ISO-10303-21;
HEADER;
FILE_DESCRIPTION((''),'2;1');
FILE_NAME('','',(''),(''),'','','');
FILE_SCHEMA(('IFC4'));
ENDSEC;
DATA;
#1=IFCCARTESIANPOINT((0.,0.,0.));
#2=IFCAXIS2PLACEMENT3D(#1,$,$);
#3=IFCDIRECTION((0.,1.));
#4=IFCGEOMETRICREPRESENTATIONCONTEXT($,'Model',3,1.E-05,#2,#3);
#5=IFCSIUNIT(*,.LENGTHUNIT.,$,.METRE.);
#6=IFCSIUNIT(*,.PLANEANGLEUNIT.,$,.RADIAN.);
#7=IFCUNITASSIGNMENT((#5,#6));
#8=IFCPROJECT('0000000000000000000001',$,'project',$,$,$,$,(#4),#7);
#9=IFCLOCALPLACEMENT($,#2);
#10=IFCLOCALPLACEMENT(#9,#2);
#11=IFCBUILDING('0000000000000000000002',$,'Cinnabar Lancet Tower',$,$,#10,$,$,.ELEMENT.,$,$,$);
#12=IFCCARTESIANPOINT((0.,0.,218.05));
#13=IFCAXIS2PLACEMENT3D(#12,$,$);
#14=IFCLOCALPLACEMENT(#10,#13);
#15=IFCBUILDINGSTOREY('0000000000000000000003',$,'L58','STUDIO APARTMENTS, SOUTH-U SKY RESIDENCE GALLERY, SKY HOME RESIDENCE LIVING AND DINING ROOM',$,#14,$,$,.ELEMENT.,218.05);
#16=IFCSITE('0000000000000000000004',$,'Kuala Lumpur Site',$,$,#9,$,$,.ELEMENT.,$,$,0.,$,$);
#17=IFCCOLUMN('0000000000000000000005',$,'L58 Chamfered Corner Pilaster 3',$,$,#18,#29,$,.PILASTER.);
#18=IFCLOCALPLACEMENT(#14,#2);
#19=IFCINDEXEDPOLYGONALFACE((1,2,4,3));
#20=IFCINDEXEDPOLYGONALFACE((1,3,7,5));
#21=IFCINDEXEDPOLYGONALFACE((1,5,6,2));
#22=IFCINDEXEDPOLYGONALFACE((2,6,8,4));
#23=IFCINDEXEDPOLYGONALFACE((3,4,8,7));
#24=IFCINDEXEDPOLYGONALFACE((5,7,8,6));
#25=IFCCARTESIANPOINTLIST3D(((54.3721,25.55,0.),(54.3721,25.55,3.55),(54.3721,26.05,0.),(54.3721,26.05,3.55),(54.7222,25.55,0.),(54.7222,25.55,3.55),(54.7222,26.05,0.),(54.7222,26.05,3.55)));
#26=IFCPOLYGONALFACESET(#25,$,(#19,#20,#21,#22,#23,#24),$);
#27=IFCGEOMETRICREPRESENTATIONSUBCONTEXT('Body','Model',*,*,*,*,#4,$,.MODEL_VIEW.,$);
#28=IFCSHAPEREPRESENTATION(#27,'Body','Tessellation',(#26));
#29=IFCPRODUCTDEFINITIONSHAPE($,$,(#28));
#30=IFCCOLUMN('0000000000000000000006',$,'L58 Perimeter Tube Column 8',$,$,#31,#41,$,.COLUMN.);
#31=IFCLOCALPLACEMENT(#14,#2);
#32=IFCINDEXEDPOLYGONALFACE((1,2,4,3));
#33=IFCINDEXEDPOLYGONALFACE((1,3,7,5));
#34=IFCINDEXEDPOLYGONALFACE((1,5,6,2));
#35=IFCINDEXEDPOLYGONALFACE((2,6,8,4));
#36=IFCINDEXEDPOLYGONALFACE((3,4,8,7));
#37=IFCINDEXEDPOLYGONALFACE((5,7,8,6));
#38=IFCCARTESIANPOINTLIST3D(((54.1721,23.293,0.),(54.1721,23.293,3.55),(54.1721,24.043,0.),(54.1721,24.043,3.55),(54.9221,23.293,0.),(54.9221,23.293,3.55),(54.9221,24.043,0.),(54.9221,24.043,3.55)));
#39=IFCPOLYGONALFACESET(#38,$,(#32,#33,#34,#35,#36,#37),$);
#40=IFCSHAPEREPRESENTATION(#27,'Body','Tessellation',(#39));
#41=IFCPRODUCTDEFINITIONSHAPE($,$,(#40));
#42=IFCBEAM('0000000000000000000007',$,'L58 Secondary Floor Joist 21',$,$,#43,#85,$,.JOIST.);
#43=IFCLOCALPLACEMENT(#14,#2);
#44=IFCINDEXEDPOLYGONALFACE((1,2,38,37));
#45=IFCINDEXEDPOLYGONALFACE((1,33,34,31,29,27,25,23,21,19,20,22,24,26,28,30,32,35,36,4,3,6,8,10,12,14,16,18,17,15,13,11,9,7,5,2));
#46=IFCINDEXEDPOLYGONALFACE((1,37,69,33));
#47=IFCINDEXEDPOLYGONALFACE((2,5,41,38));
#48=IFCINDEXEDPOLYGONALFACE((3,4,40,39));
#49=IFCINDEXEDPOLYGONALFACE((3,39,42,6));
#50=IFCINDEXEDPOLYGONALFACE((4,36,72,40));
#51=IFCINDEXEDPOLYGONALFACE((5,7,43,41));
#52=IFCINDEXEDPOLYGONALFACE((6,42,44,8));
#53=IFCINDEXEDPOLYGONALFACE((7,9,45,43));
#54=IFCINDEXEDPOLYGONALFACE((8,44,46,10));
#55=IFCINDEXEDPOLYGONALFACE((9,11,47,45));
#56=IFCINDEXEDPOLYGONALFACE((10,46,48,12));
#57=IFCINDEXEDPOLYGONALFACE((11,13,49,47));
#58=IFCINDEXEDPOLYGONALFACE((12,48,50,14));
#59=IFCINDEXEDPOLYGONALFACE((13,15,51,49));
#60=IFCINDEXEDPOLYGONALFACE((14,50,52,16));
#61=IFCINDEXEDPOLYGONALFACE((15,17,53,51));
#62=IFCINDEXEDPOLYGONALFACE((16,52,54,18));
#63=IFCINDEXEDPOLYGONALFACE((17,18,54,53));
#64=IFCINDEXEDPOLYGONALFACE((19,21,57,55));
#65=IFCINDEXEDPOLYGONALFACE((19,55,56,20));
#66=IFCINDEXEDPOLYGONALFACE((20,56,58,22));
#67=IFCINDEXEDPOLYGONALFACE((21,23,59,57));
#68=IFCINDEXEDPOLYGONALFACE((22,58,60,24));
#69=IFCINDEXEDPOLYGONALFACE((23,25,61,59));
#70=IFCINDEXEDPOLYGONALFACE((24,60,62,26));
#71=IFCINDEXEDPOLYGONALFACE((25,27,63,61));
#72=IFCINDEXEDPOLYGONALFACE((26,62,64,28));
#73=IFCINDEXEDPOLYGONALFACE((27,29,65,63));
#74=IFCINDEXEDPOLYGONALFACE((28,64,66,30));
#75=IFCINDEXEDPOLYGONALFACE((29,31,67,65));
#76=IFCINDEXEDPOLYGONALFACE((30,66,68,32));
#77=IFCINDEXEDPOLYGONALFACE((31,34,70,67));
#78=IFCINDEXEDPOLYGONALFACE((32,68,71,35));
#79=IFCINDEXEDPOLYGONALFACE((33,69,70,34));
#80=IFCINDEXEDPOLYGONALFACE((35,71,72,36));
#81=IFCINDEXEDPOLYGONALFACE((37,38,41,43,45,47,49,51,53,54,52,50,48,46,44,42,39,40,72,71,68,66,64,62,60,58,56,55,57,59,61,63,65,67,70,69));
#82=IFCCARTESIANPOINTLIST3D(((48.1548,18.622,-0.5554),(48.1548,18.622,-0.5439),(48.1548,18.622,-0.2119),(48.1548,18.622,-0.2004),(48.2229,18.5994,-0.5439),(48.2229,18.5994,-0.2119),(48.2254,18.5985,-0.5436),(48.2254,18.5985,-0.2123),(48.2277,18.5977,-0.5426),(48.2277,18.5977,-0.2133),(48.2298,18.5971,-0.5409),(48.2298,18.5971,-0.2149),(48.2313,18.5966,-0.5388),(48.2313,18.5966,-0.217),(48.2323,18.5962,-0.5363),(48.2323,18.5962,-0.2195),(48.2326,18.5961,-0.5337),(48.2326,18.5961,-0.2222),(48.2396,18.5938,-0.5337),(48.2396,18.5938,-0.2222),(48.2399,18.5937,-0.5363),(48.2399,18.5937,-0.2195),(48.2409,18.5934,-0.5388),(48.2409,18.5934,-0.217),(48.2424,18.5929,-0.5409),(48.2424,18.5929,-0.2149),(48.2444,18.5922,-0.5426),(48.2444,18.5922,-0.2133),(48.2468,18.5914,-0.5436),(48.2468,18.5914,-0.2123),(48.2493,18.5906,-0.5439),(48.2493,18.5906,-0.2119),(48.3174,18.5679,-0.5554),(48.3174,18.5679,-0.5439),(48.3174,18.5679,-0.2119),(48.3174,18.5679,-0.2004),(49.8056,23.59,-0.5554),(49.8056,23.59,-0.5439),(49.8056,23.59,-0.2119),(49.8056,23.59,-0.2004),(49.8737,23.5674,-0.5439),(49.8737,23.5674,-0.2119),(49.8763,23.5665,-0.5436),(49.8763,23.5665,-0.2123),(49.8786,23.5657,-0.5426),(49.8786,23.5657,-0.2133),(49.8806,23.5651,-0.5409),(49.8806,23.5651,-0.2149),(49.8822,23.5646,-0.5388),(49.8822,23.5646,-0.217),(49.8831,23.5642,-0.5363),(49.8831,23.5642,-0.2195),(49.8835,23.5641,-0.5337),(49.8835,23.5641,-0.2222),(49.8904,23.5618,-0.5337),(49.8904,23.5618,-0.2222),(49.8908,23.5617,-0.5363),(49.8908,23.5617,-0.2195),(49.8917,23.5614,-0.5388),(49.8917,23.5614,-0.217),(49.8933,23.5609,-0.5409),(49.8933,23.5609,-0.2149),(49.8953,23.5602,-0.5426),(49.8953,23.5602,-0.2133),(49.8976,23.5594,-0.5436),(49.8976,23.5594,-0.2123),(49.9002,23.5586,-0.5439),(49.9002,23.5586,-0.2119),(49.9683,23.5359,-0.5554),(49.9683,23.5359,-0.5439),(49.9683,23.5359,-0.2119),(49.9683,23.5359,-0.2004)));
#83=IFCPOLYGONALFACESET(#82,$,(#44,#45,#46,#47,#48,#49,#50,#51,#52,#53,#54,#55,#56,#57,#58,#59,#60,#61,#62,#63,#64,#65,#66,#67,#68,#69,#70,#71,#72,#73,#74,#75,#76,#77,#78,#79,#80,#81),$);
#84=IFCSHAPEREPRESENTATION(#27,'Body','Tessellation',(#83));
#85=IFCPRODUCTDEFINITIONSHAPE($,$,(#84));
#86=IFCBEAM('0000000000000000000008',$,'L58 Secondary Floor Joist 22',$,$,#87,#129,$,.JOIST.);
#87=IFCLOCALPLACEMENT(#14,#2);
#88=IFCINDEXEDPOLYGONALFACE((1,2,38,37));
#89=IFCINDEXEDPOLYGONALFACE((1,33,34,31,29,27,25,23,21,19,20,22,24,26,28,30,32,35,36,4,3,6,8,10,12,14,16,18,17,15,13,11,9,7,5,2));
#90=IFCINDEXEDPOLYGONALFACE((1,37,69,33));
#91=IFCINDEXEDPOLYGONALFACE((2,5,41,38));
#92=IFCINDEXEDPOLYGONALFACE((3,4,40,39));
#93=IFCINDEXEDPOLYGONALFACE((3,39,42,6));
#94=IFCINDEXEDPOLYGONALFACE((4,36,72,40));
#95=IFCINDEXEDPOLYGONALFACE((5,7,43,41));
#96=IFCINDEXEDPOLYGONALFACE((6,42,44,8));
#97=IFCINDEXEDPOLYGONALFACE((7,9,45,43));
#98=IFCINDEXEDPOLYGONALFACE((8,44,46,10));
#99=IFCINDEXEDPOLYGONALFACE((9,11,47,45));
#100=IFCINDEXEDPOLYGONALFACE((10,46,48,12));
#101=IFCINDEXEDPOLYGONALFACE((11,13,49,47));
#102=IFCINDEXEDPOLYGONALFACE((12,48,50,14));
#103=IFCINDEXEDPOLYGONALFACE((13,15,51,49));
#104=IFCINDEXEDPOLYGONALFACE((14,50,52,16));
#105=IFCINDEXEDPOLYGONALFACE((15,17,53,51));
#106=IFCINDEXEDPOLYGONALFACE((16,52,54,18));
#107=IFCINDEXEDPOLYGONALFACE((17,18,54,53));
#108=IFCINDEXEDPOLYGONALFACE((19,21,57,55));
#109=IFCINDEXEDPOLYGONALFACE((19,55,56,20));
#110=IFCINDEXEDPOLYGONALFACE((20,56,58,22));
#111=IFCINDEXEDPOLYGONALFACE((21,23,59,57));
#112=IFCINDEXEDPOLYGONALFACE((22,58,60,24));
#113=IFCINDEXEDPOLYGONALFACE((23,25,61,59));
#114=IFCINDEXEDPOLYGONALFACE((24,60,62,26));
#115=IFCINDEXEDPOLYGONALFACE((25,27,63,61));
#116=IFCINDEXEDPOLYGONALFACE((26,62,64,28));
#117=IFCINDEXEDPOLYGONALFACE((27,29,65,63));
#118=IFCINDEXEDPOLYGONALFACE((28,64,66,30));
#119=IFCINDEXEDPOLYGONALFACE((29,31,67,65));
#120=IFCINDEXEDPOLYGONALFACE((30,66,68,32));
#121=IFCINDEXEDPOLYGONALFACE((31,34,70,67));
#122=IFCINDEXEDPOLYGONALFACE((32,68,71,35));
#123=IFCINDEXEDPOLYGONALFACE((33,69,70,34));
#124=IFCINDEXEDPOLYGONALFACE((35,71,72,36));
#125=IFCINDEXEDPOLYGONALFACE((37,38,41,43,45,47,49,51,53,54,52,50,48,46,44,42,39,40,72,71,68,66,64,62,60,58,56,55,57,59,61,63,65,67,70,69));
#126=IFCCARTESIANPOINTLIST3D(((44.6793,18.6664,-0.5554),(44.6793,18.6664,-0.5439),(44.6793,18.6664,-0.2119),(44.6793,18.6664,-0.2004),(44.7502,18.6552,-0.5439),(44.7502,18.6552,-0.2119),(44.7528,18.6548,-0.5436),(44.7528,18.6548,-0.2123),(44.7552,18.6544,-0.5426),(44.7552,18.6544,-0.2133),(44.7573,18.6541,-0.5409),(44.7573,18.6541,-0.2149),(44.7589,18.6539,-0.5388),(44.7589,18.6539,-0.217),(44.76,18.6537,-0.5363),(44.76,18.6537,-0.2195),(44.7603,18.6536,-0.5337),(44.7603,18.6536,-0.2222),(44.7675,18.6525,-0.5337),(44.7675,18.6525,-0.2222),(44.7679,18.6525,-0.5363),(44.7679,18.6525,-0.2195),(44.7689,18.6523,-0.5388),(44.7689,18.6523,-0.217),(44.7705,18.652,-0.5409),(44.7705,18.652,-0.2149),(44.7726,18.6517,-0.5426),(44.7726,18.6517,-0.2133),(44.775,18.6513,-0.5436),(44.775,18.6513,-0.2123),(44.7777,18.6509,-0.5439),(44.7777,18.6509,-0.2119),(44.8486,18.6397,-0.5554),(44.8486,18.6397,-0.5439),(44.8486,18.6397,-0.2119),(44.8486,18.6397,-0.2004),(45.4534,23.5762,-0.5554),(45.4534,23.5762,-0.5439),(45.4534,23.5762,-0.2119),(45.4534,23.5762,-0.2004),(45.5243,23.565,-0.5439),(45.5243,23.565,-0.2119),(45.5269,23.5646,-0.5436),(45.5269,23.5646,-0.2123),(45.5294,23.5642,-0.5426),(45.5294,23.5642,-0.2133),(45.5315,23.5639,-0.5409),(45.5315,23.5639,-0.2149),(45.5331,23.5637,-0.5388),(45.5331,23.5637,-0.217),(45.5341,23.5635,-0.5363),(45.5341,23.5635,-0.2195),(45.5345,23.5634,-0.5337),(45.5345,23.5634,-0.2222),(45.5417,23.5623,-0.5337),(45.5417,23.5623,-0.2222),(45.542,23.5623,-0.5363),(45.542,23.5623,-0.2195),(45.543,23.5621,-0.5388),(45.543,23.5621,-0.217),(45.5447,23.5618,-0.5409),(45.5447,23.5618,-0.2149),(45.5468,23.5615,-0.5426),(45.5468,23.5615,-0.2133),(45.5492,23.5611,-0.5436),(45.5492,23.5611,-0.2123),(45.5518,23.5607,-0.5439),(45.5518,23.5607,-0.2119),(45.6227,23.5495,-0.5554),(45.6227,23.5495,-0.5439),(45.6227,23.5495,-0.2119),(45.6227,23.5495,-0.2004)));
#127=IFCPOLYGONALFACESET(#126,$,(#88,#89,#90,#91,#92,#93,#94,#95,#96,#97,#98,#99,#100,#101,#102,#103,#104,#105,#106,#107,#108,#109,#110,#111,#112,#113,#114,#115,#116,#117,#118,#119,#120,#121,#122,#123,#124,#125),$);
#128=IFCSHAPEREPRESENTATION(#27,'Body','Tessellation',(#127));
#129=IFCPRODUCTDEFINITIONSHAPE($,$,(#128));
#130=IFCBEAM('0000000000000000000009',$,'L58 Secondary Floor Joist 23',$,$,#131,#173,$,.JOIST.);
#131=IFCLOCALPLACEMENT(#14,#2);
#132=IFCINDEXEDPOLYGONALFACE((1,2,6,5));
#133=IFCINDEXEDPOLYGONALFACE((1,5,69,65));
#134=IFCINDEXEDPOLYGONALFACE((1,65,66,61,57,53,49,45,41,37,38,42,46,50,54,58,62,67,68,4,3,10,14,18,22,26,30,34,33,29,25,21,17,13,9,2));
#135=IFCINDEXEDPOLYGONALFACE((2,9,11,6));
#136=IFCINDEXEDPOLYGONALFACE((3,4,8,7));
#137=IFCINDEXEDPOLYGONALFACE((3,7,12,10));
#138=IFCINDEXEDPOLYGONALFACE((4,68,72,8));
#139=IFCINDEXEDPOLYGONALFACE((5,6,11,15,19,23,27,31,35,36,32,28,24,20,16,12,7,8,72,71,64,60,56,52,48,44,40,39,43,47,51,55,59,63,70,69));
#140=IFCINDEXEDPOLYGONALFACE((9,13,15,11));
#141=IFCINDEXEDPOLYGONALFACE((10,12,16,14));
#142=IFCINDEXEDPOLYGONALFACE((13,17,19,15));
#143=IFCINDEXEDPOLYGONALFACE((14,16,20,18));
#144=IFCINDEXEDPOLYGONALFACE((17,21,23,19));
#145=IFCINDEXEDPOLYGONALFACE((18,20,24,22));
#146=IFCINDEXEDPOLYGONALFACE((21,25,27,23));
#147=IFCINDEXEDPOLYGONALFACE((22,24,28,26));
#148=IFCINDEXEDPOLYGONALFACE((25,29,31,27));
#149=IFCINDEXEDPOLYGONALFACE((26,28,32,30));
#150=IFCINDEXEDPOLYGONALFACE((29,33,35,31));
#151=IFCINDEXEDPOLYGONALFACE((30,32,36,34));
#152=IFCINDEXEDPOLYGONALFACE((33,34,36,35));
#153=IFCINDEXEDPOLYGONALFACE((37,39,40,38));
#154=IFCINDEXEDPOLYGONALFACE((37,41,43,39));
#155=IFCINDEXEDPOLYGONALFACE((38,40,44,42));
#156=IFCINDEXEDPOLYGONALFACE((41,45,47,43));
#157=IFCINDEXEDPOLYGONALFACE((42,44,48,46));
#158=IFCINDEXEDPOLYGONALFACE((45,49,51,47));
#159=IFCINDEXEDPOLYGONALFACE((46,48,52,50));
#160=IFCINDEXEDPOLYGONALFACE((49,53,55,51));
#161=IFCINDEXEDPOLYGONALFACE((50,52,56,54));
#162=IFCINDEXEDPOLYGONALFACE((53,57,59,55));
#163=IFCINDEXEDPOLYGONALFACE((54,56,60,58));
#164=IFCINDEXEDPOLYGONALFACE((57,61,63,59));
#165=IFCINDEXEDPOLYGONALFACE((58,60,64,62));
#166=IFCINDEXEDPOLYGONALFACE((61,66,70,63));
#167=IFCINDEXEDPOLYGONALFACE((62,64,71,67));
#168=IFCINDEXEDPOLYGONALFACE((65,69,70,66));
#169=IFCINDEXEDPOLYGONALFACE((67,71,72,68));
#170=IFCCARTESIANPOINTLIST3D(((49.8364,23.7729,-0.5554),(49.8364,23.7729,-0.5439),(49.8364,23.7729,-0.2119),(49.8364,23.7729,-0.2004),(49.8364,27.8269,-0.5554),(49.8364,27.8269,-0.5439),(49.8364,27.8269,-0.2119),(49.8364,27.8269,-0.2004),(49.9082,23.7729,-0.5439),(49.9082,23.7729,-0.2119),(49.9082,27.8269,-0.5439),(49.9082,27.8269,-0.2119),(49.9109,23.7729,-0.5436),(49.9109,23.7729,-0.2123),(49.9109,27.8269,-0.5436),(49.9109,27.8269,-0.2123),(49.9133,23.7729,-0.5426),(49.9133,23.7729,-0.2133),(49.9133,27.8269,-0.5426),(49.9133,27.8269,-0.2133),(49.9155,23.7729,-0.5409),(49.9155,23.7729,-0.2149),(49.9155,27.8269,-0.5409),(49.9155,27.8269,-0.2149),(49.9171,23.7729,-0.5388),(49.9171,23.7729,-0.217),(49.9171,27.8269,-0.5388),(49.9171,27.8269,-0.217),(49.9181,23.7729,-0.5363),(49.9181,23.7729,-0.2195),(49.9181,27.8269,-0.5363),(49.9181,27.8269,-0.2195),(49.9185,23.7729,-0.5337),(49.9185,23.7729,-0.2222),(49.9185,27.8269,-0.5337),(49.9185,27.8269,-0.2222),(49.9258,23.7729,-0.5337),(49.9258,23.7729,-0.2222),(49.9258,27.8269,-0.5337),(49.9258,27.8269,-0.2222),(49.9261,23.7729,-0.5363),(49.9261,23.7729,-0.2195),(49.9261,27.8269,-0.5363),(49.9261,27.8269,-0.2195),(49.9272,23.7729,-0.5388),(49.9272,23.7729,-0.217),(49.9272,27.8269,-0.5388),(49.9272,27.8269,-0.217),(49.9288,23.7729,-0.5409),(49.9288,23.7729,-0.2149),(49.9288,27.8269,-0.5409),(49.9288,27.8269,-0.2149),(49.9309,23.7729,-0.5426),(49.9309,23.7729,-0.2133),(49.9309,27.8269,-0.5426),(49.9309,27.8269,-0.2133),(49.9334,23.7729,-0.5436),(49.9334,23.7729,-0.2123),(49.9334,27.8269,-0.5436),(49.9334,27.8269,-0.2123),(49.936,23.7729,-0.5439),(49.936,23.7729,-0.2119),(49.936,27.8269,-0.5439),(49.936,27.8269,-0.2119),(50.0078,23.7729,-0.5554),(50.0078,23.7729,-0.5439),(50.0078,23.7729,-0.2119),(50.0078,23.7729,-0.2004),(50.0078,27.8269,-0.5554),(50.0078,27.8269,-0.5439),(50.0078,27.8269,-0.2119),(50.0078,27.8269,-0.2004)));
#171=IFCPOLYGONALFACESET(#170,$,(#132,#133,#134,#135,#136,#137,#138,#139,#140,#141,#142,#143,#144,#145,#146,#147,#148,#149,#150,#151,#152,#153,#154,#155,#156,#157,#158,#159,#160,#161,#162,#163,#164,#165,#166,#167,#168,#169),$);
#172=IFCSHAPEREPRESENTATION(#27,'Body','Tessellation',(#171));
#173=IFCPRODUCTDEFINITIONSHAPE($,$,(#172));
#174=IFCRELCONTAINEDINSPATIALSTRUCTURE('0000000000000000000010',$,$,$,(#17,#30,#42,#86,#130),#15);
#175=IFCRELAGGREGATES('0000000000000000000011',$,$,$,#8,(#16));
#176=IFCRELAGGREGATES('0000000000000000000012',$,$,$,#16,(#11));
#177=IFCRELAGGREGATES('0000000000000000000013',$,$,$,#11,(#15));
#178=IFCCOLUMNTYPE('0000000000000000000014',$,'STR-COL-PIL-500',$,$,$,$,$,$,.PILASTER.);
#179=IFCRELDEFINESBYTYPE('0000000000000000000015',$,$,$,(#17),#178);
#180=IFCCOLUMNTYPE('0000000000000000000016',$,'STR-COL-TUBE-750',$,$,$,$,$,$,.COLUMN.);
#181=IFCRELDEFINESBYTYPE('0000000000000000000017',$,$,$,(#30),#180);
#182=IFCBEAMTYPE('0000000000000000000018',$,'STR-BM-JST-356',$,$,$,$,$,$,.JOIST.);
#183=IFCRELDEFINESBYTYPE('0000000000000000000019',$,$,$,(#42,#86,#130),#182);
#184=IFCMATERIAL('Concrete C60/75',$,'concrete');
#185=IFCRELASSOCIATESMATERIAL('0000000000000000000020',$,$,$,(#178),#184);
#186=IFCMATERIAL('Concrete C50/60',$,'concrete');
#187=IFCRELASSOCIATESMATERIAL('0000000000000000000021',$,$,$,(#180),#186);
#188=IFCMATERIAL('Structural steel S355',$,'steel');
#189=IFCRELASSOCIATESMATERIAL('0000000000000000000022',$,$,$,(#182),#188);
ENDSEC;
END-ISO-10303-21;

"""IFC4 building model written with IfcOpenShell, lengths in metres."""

from ifc_helpers import new_model, si_unit, direction, frame, origin, origin_2d, place, context, subcontext, project, spatial, rectangle, i_section, extrude, material, material_profile, profile_set, type_object, element, save


model = new_model("IFC4")

# Units and contexts
model_context = context("Model", 3, precision=1e-05, world=origin(), true_north=direction((0.0, 1.0)))
body_context = subcontext(model_context, "Body", "Model", "MODEL_VIEW")
ifc_project = project(units=[si_unit("LENGTHUNIT", "METRE"), si_unit("PLANEANGLEUNIT", "RADIAN")], contexts=[model_context])

# Site, building, storey
site_placement = place(None, origin())
site = spatial("IfcSite", under=ifc_project, at=site_placement, Name="Kuala Lumpur Site", CompositionType="ELEMENT", RefElevation=0.0)
building_placement = place(site_placement, origin())
building = spatial("IfcBuilding", under=site, at=building_placement, Name="Cinnabar Lancet Tower", CompositionType="ELEMENT")
storey_placement = place(building_placement, frame((0.0, 0.0, 218.05)))
storey = spatial("IfcBuildingStorey", under=building, at=storey_placement, Name="L58", Description="STUDIO APARTMENTS, SOUTH-U SKY RESIDENCE GALLERY, SKY HOME RESIDENCE LIVING AND DINING ROOM", CompositionType="ELEMENT", Elevation=218.05)

# Columns
ifc_material_1 = material(Name="Concrete C60/75", Category="concrete")
ifc_material_profile_1 = material_profile(ifc_material_1, rectangle(XDim=0.5, YDim=0.3501, at=origin_2d()), Name="RC-PIL 500x350")
ifc_profile_set_1 = profile_set([ifc_material_profile_1], Name="Concrete C60/75")
column_type_1 = type_object("IfcColumnType", Name="STR-COL-PIL-500", PredefinedType="PILASTER", material=ifc_profile_set_1)
column_1_placement = place(storey_placement, frame((54.5471, 25.8, 0.0), z_axis=(0.0, 0.0, 1.0), x_axis=(0.0, 1.0, 0.0)))
element("IfcColumn", 1, at=column_1_placement, inside=storey, type_object=column_type_1, Name="L58 Chamfered Corner Pilaster 3", PredefinedType="PILASTER", context=body_context, shape_type="SweptSolid", body=[
    extrude(rectangle(XDim=0.5, YDim=0.3501, at=origin_2d()), origin(), (0.0, 0.0, 1.0), 3.55),
])
ifc_material_2 = material(Name="Concrete C50/60", Category="concrete")
ifc_material_profile_2 = material_profile(ifc_material_2, rectangle(XDim=0.75, YDim=0.75, at=origin_2d()), Name="RC-COL 750x750")
ifc_profile_set_2 = profile_set([ifc_material_profile_2], Name="Concrete C50/60")
column_type_2 = type_object("IfcColumnType", Name="STR-COL-TUBE-750", PredefinedType="COLUMN", material=ifc_profile_set_2)
column_2_placement = place(storey_placement, frame((54.5471, 23.668, 0.0), z_axis=(0.0, 0.0, 1.0), x_axis=(1.0, 0.0, 0.0)))
element("IfcColumn", 2, at=column_2_placement, inside=storey, type_object=column_type_2, Name="L58 Perimeter Tube Column 8", PredefinedType="COLUMN", context=body_context, shape_type="SweptSolid", body=[
    extrude(rectangle(XDim=0.75, YDim=0.75, at=origin_2d()), origin(), (0.0, 0.0, 1.0), 3.55),
])

# Beams
ifc_material_3 = material(Name="Structural steel S355", Category="steel")
ifc_material_profile_3 = material_profile(ifc_material_3, i_section(OverallWidth=0.1714, OverallDepth=0.355, WebThickness=0.0073, FlangeThickness=0.0115, FilletRadius=0.0103, at=origin_2d()), Name="UKB 356x171x51")
ifc_profile_set_3 = profile_set([ifc_material_profile_3], Name="Structural steel S355")
beam_type_1 = type_object("IfcBeamType", Name="STR-BM-JST-356", PredefinedType="JOIST", material=ifc_profile_set_3)
beam_1_placement = place(storey_placement, frame((48.2361, 18.595, -0.3779), z_axis=(0.315346, 0.948977, 0.0), x_axis=(-0.948977, 0.315346, 0.0)))
element("IfcBeam", 3, at=beam_1_placement, inside=storey, type_object=beam_type_1, Name="L58 Secondary Floor Joist 21", PredefinedType="JOIST", context=body_context, shape_type="SweptSolid", body=[
    extrude(i_section(OverallWidth=0.1714, OverallDepth=0.355, WebThickness=0.0073, FlangeThickness=0.0115, FilletRadius=0.0103, at=origin_2d()), origin(), (0.0, 0.0, 1.0), 5.2351),
])
beam_2_placement = place(storey_placement, frame((44.7639, 18.6531, -0.3779), z_axis=(0.155751, 0.987796, 0.0), x_axis=(-0.987796, 0.155751, 0.0)))
element("IfcBeam", 4, at=beam_2_placement, inside=storey, type_object=beam_type_1, Name="L58 Secondary Floor Joist 22", PredefinedType="JOIST", context=body_context, shape_type="SweptSolid", body=[
    extrude(i_section(OverallWidth=0.1714, OverallDepth=0.355, WebThickness=0.0073, FlangeThickness=0.0115, FilletRadius=0.0103, at=origin_2d()), origin(), (0.0, 0.0, 1.0), 4.9705),
])
for number, where, z_axis, x_axis, name in (
    (5, (49.9221, 23.7729, -0.3779), (0.0, 1.0, 0.0), (-1.0, 0.0, 0.0), "L58 Secondary Floor Joist 23"),
):
    element("IfcBeam", number, at=place(storey_placement, frame(where, z_axis=z_axis, x_axis=x_axis)), inside=storey, type_object=beam_type_1, Name=name, PredefinedType="JOIST", context=body_context, shape_type="SweptSolid", body=[
        extrude(i_section(OverallWidth=0.1714, OverallDepth=0.355, WebThickness=0.0073, FlangeThickness=0.0115, FilletRadius=0.0103, at=origin_2d()), origin(), (0.0, 0.0, 1.0), 4.054),
    ])

save(model, "model.ifc")
